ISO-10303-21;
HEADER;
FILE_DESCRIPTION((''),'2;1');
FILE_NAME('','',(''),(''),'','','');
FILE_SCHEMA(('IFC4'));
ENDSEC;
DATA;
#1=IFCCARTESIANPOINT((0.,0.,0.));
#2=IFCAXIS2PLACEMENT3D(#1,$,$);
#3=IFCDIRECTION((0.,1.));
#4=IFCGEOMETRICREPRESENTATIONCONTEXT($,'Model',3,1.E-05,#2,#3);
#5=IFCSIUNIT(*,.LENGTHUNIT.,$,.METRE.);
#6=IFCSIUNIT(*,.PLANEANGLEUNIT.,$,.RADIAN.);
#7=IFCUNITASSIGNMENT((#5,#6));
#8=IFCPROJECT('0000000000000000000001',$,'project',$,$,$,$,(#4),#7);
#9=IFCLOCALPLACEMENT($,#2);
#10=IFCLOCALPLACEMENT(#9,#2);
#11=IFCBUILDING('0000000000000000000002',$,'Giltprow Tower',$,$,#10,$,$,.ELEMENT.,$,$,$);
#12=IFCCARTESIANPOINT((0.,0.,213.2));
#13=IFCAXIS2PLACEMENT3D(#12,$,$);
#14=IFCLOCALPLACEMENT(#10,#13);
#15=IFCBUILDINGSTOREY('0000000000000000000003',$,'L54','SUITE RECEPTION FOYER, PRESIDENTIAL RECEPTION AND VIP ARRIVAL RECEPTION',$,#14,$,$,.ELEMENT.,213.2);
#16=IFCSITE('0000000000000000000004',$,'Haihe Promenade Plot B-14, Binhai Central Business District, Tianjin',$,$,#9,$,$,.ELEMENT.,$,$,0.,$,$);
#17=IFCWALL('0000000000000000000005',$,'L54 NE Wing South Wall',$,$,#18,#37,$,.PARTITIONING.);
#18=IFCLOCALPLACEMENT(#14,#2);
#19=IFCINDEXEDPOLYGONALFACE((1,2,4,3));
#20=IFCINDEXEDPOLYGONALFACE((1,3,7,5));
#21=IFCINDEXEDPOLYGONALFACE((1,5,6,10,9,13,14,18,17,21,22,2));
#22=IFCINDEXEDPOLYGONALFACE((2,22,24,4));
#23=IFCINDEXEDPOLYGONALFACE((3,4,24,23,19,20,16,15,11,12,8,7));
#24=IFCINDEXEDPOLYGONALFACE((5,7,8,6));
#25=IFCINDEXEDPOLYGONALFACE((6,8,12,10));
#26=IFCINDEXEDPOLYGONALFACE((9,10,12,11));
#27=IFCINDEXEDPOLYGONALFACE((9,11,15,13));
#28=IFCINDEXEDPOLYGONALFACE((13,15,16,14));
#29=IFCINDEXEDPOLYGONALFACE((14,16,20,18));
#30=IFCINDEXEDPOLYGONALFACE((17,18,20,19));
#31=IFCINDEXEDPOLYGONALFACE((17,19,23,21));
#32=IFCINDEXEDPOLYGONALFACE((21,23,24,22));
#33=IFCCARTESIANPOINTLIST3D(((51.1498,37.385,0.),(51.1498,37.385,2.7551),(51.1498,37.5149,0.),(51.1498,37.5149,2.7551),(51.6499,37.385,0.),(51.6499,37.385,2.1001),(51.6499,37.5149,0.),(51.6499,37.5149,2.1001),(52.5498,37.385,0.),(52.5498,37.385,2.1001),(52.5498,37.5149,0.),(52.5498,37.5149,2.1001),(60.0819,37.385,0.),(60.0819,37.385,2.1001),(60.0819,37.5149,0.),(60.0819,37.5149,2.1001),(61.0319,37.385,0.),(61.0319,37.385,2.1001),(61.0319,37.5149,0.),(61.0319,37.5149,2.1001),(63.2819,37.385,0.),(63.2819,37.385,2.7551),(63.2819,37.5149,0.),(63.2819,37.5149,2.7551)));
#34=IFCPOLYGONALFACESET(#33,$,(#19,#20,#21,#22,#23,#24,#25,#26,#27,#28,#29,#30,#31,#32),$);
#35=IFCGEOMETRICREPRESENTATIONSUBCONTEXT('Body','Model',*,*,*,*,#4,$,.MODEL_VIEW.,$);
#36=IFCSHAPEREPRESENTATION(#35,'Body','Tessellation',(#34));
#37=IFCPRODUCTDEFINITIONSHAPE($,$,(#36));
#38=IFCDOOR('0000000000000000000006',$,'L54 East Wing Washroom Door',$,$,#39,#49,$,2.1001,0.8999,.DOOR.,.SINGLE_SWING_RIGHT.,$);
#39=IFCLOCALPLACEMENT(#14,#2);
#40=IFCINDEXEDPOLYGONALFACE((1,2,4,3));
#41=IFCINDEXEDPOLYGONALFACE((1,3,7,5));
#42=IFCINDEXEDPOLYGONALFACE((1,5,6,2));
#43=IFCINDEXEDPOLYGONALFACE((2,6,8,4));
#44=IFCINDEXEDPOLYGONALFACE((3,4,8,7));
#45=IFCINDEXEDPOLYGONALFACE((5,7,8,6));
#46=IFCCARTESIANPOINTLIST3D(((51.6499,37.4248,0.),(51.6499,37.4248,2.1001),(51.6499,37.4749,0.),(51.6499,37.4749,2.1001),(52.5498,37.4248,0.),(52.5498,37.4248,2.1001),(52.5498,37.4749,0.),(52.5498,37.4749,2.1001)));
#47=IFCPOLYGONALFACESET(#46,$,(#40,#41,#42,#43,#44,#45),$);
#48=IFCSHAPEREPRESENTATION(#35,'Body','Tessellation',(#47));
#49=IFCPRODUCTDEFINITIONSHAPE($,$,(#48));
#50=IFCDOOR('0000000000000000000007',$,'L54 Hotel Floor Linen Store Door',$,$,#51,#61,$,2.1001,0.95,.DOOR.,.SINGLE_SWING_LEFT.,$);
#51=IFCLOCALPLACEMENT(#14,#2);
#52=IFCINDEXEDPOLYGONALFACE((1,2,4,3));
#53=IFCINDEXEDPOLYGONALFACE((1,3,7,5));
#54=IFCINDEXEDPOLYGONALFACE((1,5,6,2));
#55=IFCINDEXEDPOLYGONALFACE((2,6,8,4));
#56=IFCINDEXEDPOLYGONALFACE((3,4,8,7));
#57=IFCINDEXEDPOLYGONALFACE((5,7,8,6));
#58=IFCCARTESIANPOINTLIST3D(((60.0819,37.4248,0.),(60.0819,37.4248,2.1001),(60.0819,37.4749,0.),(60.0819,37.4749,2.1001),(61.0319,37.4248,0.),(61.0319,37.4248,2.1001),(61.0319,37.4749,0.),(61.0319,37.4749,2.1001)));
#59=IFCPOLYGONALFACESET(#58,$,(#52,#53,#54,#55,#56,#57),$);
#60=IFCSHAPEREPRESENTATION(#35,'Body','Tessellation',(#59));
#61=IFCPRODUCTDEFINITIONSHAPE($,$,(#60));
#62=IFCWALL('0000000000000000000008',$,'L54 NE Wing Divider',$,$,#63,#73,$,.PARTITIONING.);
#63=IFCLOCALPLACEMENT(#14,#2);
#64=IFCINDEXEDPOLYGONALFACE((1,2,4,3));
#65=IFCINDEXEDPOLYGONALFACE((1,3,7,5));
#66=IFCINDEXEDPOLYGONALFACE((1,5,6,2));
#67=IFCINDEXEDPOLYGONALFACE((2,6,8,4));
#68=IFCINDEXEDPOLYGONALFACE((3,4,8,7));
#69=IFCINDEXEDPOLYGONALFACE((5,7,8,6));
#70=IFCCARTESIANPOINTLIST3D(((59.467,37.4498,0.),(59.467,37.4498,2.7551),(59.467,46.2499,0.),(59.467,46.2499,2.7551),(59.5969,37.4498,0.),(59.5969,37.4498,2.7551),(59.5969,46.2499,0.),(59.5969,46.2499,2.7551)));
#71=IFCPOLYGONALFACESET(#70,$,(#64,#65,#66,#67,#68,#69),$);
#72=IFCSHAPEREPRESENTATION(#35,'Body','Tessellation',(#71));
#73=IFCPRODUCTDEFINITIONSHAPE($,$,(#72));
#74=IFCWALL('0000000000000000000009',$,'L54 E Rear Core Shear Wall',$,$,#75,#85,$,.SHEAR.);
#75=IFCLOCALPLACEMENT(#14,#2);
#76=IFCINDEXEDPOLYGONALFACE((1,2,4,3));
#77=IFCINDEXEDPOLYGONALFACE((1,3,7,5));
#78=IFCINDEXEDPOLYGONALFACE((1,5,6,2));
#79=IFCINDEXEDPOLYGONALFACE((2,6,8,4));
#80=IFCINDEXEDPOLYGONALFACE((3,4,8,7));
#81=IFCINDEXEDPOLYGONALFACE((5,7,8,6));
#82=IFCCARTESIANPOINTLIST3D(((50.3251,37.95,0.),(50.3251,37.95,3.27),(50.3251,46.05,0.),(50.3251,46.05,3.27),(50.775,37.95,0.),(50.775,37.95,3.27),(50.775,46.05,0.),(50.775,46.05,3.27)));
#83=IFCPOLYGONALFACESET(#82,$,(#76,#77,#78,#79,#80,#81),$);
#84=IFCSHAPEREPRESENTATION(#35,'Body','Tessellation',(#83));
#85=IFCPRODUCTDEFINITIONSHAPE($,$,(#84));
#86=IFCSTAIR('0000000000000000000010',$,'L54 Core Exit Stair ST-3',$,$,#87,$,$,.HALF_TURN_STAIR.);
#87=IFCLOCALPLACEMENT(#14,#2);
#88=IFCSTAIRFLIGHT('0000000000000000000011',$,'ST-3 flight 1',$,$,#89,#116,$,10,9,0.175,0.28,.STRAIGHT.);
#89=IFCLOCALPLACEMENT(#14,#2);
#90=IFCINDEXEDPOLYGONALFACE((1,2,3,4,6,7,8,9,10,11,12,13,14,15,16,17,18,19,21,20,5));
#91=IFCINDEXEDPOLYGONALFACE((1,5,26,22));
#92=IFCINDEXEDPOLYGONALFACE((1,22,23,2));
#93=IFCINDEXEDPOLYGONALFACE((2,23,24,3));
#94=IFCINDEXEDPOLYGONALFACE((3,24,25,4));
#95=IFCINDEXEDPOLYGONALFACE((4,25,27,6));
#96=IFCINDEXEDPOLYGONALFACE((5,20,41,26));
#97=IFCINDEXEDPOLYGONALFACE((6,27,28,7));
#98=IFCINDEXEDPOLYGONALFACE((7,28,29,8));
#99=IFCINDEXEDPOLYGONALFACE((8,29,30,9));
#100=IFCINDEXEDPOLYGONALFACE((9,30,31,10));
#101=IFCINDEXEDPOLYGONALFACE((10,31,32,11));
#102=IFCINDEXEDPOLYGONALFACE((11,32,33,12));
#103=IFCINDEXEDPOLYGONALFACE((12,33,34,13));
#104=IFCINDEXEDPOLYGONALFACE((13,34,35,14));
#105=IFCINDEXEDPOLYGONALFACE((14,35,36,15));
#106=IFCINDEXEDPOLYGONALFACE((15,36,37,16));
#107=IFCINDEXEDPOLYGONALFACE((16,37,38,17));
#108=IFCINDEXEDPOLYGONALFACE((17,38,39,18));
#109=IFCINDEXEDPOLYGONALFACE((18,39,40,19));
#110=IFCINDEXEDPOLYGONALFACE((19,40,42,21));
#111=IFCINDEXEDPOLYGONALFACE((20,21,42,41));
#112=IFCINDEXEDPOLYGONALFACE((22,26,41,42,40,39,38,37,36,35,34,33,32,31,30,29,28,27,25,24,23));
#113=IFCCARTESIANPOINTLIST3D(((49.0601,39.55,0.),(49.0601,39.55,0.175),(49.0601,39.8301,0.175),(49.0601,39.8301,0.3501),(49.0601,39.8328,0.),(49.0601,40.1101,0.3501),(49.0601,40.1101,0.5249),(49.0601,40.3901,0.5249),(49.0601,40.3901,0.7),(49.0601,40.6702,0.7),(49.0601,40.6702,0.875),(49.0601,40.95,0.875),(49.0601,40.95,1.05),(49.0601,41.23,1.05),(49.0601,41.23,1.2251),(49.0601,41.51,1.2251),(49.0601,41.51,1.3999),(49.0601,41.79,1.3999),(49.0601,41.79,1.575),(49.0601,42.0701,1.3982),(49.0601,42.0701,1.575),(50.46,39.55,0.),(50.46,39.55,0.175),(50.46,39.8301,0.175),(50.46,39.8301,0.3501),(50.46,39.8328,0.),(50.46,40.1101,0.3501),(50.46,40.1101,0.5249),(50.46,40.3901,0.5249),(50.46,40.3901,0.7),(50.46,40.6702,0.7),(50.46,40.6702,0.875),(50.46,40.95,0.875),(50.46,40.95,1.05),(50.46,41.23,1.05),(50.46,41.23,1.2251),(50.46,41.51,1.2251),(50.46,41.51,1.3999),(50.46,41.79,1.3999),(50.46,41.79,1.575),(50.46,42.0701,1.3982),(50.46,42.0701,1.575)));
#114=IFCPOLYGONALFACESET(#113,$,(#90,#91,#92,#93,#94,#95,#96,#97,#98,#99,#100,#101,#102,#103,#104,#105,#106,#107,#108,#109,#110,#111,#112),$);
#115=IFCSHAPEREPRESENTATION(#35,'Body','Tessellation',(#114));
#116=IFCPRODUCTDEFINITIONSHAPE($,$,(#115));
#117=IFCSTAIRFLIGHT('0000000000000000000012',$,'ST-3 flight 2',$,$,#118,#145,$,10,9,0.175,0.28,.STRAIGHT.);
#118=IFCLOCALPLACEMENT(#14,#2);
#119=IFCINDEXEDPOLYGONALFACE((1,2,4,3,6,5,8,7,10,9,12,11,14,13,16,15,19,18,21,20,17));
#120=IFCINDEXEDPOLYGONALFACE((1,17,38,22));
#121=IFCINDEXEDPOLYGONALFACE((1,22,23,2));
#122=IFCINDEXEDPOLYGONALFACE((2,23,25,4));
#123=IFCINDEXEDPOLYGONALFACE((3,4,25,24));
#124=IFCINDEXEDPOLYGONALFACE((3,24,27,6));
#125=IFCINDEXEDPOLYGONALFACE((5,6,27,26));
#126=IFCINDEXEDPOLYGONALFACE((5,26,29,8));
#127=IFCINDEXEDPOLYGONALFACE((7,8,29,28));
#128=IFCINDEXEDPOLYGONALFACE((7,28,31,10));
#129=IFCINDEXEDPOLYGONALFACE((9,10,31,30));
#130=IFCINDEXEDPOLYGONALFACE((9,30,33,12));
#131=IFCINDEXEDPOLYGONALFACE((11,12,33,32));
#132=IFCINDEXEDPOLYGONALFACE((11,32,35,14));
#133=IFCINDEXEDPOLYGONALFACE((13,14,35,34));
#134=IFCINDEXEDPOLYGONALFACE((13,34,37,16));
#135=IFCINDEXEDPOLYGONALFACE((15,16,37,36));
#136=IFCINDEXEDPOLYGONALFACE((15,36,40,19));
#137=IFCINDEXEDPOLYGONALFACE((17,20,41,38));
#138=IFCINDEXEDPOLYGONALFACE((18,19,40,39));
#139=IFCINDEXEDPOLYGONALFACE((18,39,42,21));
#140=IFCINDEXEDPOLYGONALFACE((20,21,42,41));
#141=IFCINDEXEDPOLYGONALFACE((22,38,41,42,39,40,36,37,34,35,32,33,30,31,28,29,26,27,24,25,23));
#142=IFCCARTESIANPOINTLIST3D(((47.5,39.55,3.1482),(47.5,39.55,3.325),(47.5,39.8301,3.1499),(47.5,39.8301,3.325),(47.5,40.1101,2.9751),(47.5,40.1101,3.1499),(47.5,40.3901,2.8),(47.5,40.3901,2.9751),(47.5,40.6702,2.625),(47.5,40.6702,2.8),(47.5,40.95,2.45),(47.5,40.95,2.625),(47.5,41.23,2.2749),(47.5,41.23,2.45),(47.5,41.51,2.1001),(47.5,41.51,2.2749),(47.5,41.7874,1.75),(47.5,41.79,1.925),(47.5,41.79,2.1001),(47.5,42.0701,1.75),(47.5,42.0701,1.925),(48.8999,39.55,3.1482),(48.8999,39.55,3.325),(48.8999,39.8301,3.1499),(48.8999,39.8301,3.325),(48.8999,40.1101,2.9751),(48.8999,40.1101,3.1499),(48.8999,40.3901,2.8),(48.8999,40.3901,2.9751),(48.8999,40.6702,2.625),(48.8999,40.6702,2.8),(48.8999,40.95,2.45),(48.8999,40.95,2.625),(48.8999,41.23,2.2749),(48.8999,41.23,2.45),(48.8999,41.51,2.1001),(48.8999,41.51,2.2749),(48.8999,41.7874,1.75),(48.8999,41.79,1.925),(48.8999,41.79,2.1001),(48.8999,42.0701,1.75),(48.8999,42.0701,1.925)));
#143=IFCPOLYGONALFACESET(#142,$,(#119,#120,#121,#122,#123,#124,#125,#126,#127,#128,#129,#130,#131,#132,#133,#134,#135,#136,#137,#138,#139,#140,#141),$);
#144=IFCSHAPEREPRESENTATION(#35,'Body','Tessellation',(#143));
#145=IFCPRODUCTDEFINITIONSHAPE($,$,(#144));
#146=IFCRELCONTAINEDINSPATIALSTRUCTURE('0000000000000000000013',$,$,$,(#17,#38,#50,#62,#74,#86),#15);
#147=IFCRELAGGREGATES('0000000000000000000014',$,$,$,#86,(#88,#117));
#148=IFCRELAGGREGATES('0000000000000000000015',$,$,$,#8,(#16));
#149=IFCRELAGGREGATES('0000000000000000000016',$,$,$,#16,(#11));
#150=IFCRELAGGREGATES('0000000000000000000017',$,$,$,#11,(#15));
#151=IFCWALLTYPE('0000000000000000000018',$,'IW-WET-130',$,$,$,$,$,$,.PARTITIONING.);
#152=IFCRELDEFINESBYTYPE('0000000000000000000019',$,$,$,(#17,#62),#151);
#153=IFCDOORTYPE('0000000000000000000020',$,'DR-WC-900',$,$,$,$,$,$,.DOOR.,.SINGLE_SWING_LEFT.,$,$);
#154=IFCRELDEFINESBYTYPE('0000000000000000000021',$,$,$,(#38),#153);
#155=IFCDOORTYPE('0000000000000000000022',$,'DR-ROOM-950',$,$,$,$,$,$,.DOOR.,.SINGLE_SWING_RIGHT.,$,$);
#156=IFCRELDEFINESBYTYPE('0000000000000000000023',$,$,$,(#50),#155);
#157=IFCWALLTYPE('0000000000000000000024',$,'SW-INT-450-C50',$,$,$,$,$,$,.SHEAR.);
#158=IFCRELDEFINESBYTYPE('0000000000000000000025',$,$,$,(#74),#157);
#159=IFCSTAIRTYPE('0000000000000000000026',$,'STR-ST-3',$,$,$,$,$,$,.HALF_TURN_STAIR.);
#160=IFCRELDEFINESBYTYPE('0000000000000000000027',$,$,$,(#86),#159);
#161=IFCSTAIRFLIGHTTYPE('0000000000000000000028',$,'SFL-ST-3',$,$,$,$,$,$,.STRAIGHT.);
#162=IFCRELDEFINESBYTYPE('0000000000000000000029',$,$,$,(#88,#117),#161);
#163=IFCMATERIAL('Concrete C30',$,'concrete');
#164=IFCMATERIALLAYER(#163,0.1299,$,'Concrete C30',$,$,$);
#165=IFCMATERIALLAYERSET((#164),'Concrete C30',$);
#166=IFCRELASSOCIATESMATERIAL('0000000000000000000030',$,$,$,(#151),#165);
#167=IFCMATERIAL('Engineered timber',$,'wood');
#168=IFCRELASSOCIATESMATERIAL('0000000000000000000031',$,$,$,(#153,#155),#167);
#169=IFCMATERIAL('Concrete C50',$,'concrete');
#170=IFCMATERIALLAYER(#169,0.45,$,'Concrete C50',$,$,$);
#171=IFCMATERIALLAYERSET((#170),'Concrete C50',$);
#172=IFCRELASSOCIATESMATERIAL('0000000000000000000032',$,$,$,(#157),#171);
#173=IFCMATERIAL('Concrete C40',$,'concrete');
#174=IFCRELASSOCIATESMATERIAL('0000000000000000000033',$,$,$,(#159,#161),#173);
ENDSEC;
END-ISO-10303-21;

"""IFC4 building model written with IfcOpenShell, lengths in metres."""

from ifc_helpers import new_model, si_unit, direction, frame, frame_2d, origin, place, context, subcontext, project, spatial, polyline, rectangle, outline, extrude, source, transform, mapped, material, layer, layer_set, type_object, element, fill, aggregate, save


model = new_model("IFC4")

# Units and contexts
model_context = context("Model", 3, precision=1e-05, world=origin(), true_north=direction((0.0, 1.0)))
body_context = subcontext(model_context, "Body", "Model", "MODEL_VIEW")
ifc_project = project(units=[si_unit("LENGTHUNIT", "METRE"), si_unit("PLANEANGLEUNIT", "RADIAN")], contexts=[model_context])

# Site, building, storey
site_placement = place(None, origin())
site = spatial("IfcSite", under=ifc_project, at=site_placement, Name="Haihe Promenade Plot B-14, Binhai Central Business District, Tianjin", CompositionType="ELEMENT", RefElevation=0.0)
building_placement = place(site_placement, origin())
building = spatial("IfcBuilding", under=site, at=building_placement, Name="Giltprow Tower", CompositionType="ELEMENT")
storey_placement = place(building_placement, frame((0.0, 0.0, 213.2)))
storey = spatial("IfcBuildingStorey", under=building, at=storey_placement, Name="L54", Description="SUITE RECEPTION FOYER, PRESIDENTIAL RECEPTION AND VIP ARRIVAL RECEPTION", CompositionType="ELEMENT", Elevation=213.2)

# Shared definitions
ifc_material_1 = material(Name="Concrete C50", Category="concrete")

# Wall, openings, doors
ifc_material_2 = material(Name="Concrete C30", Category="concrete")
ifc_layer_1 = layer(ifc_material_2, 0.1299, Name="Concrete C30")
ifc_layer_set_1 = layer_set([ifc_layer_1], Name="Concrete C30")
wall_type_1 = type_object("IfcWallType", Name="IW-WET-130", PredefinedType="PARTITIONING", material=ifc_layer_set_1)
wall_1_placement = place(storey_placement, frame((51.1499, 37.45, 0.0), z_axis=(0.0, 0.0, 1.0), x_axis=(1.0, 0.0, 0.0)))
wall_1 = element("IfcWall", 1, at=wall_1_placement, inside=storey, type_object=wall_type_1, Name="L54 NE Wing South Wall", PredefinedType="PARTITIONING", context=body_context, shape_type="SweptSolid", body=[
    extrude(rectangle(XDim=12.1321, YDim=0.1299, at=frame_2d((6.0659, 0.0))), origin(), (0.0, 0.0, 1.0), 2.7551),
])
opening_1_placement = place(wall_1_placement, frame((0.5, 0.0, 0.0)))
opening_1 = element("IfcOpeningElement", 2, at=opening_1_placement, cuts=wall_1, PredefinedType="OPENING", context=body_context, shape_type="SweptSolid", body=[
    extrude(rectangle(XDim=0.8999, YDim=2.1001, at=frame_2d((0.45, 1.05))), frame((0.0, 0.075, 0.0), z_axis=(0.0, -1.0, 0.0), x_axis=(1.0, 0.0, 0.0)), (0.0, 0.0, 1.0), 0.1499),
])
opening_2_placement = place(wall_1_placement, frame((8.9319, 0.0, 0.0)))
opening_2 = element("IfcOpeningElement", 3, at=opening_2_placement, cuts=wall_1, PredefinedType="OPENING", context=body_context, shape_type="SweptSolid", body=[
    extrude(rectangle(XDim=0.95, YDim=2.1001, at=frame_2d((0.4751, 1.05))), frame((0.0, 0.075, 0.0), z_axis=(0.0, -1.0, 0.0), x_axis=(1.0, 0.0, 0.0)), (0.0, 0.0, 1.0), 0.1499),
])
ifc_material_3 = material(Name="Engineered timber", Category="wood")
door_type_1 = type_object("IfcDoorType", Name="DR-WC-900", OperationType="SINGLE_SWING_LEFT", PredefinedType="DOOR", material=ifc_material_3)
shared_shape_1 = source(origin(), body_context, "Body", "SweptSolid", [
    extrude(rectangle(XDim=0.8999, YDim=2.1001, at=frame_2d((0.45, 1.05))), frame((0.0, 0.0249, 0.0), z_axis=(0.0, -1.0, 0.0), x_axis=(1.0, 0.0, 0.0)), (0.0, 0.0, 1.0), 0.05),
])
door_1_placement = place(opening_1_placement, origin())
door_1 = element("IfcDoor", 4, at=door_1_placement, inside=storey, type_object=door_type_1, Name="L54 East Wing Washroom Door", OperationType="SINGLE_SWING_RIGHT", OverallHeight=2.1001, OverallWidth=0.8999, PredefinedType="DOOR", context=body_context, shape_type="MappedRepresentation", body=[
    mapped(shared_shape_1, transform((0.0, 0.0, 0.0), x_axis=(1.0, 0.0, 0.0), y_axis=(0.0, 1.0, 0.0), z_axis=(0.0, 0.0, 1.0), scale=1.0)),
])
fill(opening_1, door_1)
door_type_2 = type_object("IfcDoorType", Name="DR-ROOM-950", OperationType="SINGLE_SWING_RIGHT", PredefinedType="DOOR", material=ifc_material_3)
shared_shape_2 = source(origin(), body_context, "Body", "SweptSolid", [
    extrude(rectangle(XDim=0.95, YDim=2.1001, at=frame_2d((0.4751, 1.05))), frame((0.0, 0.0249, 0.0), z_axis=(0.0, -1.0, 0.0), x_axis=(1.0, 0.0, 0.0)), (0.0, 0.0, 1.0), 0.05),
])
door_2_placement = place(opening_2_placement, origin())
door_2 = element("IfcDoor", 5, at=door_2_placement, inside=storey, type_object=door_type_2, Name="L54 Hotel Floor Linen Store Door", OperationType="SINGLE_SWING_LEFT", OverallHeight=2.1001, OverallWidth=0.95, PredefinedType="DOOR", context=body_context, shape_type="MappedRepresentation", body=[
    mapped(shared_shape_2, transform((0.0, 0.0, 0.0), x_axis=(1.0, 0.0, 0.0), y_axis=(0.0, 1.0, 0.0), z_axis=(0.0, 0.0, 1.0), scale=1.0)),
])
fill(opening_2, door_2)

# Walls
wall_2_placement = place(storey_placement, frame((59.532, 37.45, 0.0), z_axis=(0.0, 0.0, 1.0), x_axis=(0.0, 1.0, 0.0)))
element("IfcWall", 6, at=wall_2_placement, inside=storey, type_object=wall_type_1, Name="L54 NE Wing Divider", PredefinedType="PARTITIONING", context=body_context, shape_type="SweptSolid", body=[
    extrude(rectangle(XDim=8.8, YDim=0.1299, at=frame_2d((4.3999, 0.0))), origin(), (0.0, 0.0, 1.0), 2.7551),
])
ifc_layer_2 = layer(ifc_material_1, 0.45, Name="Concrete C50")
ifc_layer_set_2 = layer_set([ifc_layer_2], Name="Concrete C50")
wall_type_2 = type_object("IfcWallType", Name="SW-INT-450-C50", PredefinedType="SHEAR", material=ifc_layer_set_2)
wall_3_placement = place(storey_placement, frame((50.55, 37.95, 0.0), z_axis=(0.0, 0.0, 1.0), x_axis=(0.0, 1.0, 0.0)))
element("IfcWall", 7, at=wall_3_placement, inside=storey, type_object=wall_type_2, Name="L54 E Rear Core Shear Wall", PredefinedType="SHEAR", context=body_context, shape_type="SweptSolid", body=[
    extrude(rectangle(XDim=8.1001, YDim=0.45, at=frame_2d((4.05, 0.0))), origin(), (0.0, 0.0, 1.0), 3.27),
])

# Stair, stair flights
ifc_material_4 = material(Name="Concrete C40", Category="concrete")
stair_type = type_object("IfcStairType", Name="STR-ST-3", PredefinedType="HALF_TURN_STAIR", material=ifc_material_4)
stair_placement = place(storey_placement, origin())
stair = element("IfcStair", 8, at=stair_placement, inside=storey, type_object=stair_type, Name="L54 Core Exit Stair ST-3", PredefinedType="HALF_TURN_STAIR")
stair_flight_type = type_object("IfcStairFlightType", Name="SFL-ST-3", PredefinedType="STRAIGHT", material=ifc_material_4)
stair_flight_1_placement = place(storey_placement, frame((49.76, 39.55, 0.0), z_axis=(0.0, 0.0, 1.0), x_axis=(0.0, 1.0, 0.0)))
stair_flight_1 = element("IfcStairFlight", 9, at=stair_flight_1_placement, type_object=stair_flight_type, Name="ST-3 flight 1", NumberOfRisers=10, NumberOfTreads=9, PredefinedType="STRAIGHT", RiserHeight=0.175, TreadLength=0.28, context=body_context, shape_type="SweptSolid", body=[
    extrude(outline(polyline([(0.0, 0.0), (0.0, 0.175), (0.28, 0.175), (0.28, 0.3501), (0.5601, 0.3501), (0.5601, 0.5249), (0.8401, 0.5249), (0.8401, 0.7), (1.1201, 0.7), (1.1201, 0.875), (1.3999, 0.875), (1.3999, 1.05), (1.6799, 1.05), (1.6799, 1.2251), (1.96, 1.2251), (1.96, 1.3999), (2.24, 1.3999), (2.24, 1.575), (2.52, 1.575), (2.52, 1.75), (2.52, 1.3982), (0.2827, 0.0), (0.0, 0.0)])), frame((0.0, 0.7, 0.0), z_axis=(0.0, -1.0, 0.0), x_axis=(1.0, 0.0, 0.0)), (0.0, 0.0, 1.0), 1.3999),
])
stair_flight_2_placement = place(storey_placement, frame((48.2, 42.0701, 1.75), z_axis=(0.0, 0.0, 1.0), x_axis=(0.0, -1.0, 0.0)))
stair_flight_2 = element("IfcStairFlight", 10, at=stair_flight_2_placement, type_object=stair_flight_type, Name="ST-3 flight 2", NumberOfRisers=10, NumberOfTreads=9, PredefinedType="STRAIGHT", RiserHeight=0.175, TreadLength=0.28, context=body_context, shape_type="SweptSolid", body=[
    extrude(outline(polyline([(0.0, 0.0), (0.0, 0.175), (0.28, 0.175), (0.28, 0.3501), (0.5601, 0.3501), (0.5601, 0.5249), (0.8401, 0.5249), (0.8401, 0.7), (1.1201, 0.7), (1.1201, 0.875), (1.3999, 0.875), (1.3999, 1.05), (1.6799, 1.05), (1.6799, 1.2251), (1.96, 1.2251), (1.96, 1.3999), (2.24, 1.3999), (2.24, 1.575), (2.52, 1.575), (2.52, 1.75), (2.52, 1.3982), (0.2827, 0.0), (0.0, 0.0)])), frame((0.0, 0.7, 0.0), z_axis=(0.0, -1.0, 0.0), x_axis=(1.0, 0.0, 0.0)), (0.0, 0.0, 1.0), 1.3999),
])
aggregate(stair, [stair_flight_1, stair_flight_2])

save(model, "model.ifc")
